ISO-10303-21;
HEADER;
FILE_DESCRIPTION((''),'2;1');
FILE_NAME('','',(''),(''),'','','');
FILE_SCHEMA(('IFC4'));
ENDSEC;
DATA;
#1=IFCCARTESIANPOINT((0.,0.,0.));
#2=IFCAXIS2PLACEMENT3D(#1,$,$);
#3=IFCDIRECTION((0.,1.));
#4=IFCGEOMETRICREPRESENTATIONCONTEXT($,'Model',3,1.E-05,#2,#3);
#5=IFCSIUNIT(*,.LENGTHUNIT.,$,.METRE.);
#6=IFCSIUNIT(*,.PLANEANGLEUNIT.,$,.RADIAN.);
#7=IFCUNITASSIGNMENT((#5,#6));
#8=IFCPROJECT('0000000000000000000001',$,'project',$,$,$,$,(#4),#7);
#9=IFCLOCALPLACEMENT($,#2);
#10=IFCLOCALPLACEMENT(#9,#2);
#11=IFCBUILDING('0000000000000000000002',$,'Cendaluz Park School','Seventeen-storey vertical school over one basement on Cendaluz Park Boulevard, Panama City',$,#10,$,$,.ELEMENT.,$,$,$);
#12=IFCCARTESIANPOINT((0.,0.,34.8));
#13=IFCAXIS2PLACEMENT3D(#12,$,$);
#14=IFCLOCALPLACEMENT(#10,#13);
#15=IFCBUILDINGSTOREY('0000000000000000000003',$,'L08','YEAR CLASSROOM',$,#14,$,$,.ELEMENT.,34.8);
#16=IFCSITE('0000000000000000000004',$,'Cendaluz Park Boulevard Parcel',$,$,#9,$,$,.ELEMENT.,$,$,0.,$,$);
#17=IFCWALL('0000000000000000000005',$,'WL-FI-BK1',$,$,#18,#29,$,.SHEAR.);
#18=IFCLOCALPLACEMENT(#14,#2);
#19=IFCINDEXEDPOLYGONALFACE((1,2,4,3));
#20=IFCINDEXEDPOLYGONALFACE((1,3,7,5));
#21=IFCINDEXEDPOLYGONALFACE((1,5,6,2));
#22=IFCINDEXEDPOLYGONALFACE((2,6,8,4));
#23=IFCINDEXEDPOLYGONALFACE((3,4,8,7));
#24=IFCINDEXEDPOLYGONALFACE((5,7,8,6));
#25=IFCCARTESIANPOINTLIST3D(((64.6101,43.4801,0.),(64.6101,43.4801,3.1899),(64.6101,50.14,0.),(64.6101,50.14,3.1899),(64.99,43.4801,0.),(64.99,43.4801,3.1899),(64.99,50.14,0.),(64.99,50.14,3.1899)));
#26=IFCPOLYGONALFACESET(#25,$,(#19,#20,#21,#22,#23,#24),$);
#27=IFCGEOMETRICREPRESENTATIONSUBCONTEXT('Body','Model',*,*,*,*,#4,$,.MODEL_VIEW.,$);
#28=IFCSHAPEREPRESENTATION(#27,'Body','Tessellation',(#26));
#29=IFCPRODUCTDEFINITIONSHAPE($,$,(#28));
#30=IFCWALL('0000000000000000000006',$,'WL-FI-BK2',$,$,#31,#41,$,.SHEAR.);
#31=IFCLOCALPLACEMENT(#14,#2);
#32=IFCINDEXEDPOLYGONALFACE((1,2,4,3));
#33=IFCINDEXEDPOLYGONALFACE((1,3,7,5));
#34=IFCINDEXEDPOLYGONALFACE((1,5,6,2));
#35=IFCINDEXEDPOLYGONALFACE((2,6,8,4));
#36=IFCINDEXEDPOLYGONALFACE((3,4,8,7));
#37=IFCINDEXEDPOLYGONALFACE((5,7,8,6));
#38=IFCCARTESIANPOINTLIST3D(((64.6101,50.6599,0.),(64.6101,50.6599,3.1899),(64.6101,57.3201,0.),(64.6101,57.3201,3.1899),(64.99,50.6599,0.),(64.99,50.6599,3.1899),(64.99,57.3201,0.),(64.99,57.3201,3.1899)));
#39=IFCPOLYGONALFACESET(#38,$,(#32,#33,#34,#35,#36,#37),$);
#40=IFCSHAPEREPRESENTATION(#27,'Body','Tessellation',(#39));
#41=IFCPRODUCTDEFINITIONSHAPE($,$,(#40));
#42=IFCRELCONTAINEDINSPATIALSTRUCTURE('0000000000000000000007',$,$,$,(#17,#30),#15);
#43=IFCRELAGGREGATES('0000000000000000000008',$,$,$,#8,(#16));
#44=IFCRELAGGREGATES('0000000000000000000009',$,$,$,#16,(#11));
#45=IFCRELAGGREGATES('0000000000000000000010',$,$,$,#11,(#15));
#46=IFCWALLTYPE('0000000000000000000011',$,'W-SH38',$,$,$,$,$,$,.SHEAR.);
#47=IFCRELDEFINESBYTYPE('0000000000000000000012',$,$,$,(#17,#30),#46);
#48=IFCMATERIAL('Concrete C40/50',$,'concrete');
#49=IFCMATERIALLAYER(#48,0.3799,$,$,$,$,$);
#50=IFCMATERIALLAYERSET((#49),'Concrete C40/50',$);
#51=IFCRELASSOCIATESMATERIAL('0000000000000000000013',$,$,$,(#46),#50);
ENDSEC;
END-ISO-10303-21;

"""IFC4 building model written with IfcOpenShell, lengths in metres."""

from ifc_helpers import new_model, si_unit, direction, frame, frame_2d, origin, place, context, subcontext, project, spatial, rectangle, extrude, material, layer, layer_set, type_object, element, save


model = new_model("IFC4")

# Units and contexts
model_context = context("Model", 3, precision=1e-05, world=origin(), true_north=direction((0.0, 1.0)))
body_context = subcontext(model_context, "Body", "Model", "MODEL_VIEW")
ifc_project = project(units=[si_unit("LENGTHUNIT", "METRE"), si_unit("PLANEANGLEUNIT", "RADIAN")], contexts=[model_context])

# Site, building, storey
site_placement = place(None, origin())
site = spatial("IfcSite", under=ifc_project, at=site_placement, Name="Cendaluz Park Boulevard Parcel", CompositionType="ELEMENT", RefElevation=0.0)
building_placement = place(site_placement, origin())
building = spatial("IfcBuilding", under=site, at=building_placement, Name="Cendaluz Park School", Description="Seventeen-storey vertical school over one basement on Cendaluz Park Boulevard, Panama City", CompositionType="ELEMENT")
storey_placement = place(building_placement, frame((0.0, 0.0, 34.8)))
storey = spatial("IfcBuildingStorey", under=building, at=storey_placement, Name="L08", Description="YEAR CLASSROOM", CompositionType="ELEMENT", Elevation=34.8)

# Walls
ifc_material_1 = material(Name="Concrete C40/50", Category="concrete")
ifc_layer_1 = layer(ifc_material_1, 0.3799)
ifc_layer_set_1 = layer_set([ifc_layer_1], Name="Concrete C40/50")
wall_type_1 = type_object("IfcWallType", Name="W-SH38", PredefinedType="SHEAR", material=ifc_layer_set_1)
wall_1_placement = place(storey_placement, frame((64.8, 43.48, 0.0), z_axis=(0.0, 0.0, 1.0), x_axis=(0.0, 1.0, 0.0)))
element("IfcWall", 1, at=wall_1_placement, inside=storey, type_object=wall_type_1, Name="WL-FI-BK1", PredefinedType="SHEAR", context=body_context, shape_type="SweptSolid", body=[
    extrude(rectangle(XDim=6.6599, YDim=0.3799, at=frame_2d((3.3301, 0.0))), origin(), (0.0, 0.0, 1.0), 3.1899),
])
wall_2_placement = place(storey_placement, frame((64.8, 50.6599, 0.0), z_axis=(0.0, 0.0, 1.0), x_axis=(0.0, 1.0, 0.0)))
element("IfcWall", 2, at=wall_2_placement, inside=storey, type_object=wall_type_1, Name="WL-FI-BK2", PredefinedType="SHEAR", context=body_context, shape_type="SweptSolid", body=[
    extrude(rectangle(XDim=6.6602, YDim=0.3799, at=frame_2d((3.3301, 0.0))), origin(), (0.0, 0.0, 1.0), 3.1899),
])

save(model, "model.ifc")
